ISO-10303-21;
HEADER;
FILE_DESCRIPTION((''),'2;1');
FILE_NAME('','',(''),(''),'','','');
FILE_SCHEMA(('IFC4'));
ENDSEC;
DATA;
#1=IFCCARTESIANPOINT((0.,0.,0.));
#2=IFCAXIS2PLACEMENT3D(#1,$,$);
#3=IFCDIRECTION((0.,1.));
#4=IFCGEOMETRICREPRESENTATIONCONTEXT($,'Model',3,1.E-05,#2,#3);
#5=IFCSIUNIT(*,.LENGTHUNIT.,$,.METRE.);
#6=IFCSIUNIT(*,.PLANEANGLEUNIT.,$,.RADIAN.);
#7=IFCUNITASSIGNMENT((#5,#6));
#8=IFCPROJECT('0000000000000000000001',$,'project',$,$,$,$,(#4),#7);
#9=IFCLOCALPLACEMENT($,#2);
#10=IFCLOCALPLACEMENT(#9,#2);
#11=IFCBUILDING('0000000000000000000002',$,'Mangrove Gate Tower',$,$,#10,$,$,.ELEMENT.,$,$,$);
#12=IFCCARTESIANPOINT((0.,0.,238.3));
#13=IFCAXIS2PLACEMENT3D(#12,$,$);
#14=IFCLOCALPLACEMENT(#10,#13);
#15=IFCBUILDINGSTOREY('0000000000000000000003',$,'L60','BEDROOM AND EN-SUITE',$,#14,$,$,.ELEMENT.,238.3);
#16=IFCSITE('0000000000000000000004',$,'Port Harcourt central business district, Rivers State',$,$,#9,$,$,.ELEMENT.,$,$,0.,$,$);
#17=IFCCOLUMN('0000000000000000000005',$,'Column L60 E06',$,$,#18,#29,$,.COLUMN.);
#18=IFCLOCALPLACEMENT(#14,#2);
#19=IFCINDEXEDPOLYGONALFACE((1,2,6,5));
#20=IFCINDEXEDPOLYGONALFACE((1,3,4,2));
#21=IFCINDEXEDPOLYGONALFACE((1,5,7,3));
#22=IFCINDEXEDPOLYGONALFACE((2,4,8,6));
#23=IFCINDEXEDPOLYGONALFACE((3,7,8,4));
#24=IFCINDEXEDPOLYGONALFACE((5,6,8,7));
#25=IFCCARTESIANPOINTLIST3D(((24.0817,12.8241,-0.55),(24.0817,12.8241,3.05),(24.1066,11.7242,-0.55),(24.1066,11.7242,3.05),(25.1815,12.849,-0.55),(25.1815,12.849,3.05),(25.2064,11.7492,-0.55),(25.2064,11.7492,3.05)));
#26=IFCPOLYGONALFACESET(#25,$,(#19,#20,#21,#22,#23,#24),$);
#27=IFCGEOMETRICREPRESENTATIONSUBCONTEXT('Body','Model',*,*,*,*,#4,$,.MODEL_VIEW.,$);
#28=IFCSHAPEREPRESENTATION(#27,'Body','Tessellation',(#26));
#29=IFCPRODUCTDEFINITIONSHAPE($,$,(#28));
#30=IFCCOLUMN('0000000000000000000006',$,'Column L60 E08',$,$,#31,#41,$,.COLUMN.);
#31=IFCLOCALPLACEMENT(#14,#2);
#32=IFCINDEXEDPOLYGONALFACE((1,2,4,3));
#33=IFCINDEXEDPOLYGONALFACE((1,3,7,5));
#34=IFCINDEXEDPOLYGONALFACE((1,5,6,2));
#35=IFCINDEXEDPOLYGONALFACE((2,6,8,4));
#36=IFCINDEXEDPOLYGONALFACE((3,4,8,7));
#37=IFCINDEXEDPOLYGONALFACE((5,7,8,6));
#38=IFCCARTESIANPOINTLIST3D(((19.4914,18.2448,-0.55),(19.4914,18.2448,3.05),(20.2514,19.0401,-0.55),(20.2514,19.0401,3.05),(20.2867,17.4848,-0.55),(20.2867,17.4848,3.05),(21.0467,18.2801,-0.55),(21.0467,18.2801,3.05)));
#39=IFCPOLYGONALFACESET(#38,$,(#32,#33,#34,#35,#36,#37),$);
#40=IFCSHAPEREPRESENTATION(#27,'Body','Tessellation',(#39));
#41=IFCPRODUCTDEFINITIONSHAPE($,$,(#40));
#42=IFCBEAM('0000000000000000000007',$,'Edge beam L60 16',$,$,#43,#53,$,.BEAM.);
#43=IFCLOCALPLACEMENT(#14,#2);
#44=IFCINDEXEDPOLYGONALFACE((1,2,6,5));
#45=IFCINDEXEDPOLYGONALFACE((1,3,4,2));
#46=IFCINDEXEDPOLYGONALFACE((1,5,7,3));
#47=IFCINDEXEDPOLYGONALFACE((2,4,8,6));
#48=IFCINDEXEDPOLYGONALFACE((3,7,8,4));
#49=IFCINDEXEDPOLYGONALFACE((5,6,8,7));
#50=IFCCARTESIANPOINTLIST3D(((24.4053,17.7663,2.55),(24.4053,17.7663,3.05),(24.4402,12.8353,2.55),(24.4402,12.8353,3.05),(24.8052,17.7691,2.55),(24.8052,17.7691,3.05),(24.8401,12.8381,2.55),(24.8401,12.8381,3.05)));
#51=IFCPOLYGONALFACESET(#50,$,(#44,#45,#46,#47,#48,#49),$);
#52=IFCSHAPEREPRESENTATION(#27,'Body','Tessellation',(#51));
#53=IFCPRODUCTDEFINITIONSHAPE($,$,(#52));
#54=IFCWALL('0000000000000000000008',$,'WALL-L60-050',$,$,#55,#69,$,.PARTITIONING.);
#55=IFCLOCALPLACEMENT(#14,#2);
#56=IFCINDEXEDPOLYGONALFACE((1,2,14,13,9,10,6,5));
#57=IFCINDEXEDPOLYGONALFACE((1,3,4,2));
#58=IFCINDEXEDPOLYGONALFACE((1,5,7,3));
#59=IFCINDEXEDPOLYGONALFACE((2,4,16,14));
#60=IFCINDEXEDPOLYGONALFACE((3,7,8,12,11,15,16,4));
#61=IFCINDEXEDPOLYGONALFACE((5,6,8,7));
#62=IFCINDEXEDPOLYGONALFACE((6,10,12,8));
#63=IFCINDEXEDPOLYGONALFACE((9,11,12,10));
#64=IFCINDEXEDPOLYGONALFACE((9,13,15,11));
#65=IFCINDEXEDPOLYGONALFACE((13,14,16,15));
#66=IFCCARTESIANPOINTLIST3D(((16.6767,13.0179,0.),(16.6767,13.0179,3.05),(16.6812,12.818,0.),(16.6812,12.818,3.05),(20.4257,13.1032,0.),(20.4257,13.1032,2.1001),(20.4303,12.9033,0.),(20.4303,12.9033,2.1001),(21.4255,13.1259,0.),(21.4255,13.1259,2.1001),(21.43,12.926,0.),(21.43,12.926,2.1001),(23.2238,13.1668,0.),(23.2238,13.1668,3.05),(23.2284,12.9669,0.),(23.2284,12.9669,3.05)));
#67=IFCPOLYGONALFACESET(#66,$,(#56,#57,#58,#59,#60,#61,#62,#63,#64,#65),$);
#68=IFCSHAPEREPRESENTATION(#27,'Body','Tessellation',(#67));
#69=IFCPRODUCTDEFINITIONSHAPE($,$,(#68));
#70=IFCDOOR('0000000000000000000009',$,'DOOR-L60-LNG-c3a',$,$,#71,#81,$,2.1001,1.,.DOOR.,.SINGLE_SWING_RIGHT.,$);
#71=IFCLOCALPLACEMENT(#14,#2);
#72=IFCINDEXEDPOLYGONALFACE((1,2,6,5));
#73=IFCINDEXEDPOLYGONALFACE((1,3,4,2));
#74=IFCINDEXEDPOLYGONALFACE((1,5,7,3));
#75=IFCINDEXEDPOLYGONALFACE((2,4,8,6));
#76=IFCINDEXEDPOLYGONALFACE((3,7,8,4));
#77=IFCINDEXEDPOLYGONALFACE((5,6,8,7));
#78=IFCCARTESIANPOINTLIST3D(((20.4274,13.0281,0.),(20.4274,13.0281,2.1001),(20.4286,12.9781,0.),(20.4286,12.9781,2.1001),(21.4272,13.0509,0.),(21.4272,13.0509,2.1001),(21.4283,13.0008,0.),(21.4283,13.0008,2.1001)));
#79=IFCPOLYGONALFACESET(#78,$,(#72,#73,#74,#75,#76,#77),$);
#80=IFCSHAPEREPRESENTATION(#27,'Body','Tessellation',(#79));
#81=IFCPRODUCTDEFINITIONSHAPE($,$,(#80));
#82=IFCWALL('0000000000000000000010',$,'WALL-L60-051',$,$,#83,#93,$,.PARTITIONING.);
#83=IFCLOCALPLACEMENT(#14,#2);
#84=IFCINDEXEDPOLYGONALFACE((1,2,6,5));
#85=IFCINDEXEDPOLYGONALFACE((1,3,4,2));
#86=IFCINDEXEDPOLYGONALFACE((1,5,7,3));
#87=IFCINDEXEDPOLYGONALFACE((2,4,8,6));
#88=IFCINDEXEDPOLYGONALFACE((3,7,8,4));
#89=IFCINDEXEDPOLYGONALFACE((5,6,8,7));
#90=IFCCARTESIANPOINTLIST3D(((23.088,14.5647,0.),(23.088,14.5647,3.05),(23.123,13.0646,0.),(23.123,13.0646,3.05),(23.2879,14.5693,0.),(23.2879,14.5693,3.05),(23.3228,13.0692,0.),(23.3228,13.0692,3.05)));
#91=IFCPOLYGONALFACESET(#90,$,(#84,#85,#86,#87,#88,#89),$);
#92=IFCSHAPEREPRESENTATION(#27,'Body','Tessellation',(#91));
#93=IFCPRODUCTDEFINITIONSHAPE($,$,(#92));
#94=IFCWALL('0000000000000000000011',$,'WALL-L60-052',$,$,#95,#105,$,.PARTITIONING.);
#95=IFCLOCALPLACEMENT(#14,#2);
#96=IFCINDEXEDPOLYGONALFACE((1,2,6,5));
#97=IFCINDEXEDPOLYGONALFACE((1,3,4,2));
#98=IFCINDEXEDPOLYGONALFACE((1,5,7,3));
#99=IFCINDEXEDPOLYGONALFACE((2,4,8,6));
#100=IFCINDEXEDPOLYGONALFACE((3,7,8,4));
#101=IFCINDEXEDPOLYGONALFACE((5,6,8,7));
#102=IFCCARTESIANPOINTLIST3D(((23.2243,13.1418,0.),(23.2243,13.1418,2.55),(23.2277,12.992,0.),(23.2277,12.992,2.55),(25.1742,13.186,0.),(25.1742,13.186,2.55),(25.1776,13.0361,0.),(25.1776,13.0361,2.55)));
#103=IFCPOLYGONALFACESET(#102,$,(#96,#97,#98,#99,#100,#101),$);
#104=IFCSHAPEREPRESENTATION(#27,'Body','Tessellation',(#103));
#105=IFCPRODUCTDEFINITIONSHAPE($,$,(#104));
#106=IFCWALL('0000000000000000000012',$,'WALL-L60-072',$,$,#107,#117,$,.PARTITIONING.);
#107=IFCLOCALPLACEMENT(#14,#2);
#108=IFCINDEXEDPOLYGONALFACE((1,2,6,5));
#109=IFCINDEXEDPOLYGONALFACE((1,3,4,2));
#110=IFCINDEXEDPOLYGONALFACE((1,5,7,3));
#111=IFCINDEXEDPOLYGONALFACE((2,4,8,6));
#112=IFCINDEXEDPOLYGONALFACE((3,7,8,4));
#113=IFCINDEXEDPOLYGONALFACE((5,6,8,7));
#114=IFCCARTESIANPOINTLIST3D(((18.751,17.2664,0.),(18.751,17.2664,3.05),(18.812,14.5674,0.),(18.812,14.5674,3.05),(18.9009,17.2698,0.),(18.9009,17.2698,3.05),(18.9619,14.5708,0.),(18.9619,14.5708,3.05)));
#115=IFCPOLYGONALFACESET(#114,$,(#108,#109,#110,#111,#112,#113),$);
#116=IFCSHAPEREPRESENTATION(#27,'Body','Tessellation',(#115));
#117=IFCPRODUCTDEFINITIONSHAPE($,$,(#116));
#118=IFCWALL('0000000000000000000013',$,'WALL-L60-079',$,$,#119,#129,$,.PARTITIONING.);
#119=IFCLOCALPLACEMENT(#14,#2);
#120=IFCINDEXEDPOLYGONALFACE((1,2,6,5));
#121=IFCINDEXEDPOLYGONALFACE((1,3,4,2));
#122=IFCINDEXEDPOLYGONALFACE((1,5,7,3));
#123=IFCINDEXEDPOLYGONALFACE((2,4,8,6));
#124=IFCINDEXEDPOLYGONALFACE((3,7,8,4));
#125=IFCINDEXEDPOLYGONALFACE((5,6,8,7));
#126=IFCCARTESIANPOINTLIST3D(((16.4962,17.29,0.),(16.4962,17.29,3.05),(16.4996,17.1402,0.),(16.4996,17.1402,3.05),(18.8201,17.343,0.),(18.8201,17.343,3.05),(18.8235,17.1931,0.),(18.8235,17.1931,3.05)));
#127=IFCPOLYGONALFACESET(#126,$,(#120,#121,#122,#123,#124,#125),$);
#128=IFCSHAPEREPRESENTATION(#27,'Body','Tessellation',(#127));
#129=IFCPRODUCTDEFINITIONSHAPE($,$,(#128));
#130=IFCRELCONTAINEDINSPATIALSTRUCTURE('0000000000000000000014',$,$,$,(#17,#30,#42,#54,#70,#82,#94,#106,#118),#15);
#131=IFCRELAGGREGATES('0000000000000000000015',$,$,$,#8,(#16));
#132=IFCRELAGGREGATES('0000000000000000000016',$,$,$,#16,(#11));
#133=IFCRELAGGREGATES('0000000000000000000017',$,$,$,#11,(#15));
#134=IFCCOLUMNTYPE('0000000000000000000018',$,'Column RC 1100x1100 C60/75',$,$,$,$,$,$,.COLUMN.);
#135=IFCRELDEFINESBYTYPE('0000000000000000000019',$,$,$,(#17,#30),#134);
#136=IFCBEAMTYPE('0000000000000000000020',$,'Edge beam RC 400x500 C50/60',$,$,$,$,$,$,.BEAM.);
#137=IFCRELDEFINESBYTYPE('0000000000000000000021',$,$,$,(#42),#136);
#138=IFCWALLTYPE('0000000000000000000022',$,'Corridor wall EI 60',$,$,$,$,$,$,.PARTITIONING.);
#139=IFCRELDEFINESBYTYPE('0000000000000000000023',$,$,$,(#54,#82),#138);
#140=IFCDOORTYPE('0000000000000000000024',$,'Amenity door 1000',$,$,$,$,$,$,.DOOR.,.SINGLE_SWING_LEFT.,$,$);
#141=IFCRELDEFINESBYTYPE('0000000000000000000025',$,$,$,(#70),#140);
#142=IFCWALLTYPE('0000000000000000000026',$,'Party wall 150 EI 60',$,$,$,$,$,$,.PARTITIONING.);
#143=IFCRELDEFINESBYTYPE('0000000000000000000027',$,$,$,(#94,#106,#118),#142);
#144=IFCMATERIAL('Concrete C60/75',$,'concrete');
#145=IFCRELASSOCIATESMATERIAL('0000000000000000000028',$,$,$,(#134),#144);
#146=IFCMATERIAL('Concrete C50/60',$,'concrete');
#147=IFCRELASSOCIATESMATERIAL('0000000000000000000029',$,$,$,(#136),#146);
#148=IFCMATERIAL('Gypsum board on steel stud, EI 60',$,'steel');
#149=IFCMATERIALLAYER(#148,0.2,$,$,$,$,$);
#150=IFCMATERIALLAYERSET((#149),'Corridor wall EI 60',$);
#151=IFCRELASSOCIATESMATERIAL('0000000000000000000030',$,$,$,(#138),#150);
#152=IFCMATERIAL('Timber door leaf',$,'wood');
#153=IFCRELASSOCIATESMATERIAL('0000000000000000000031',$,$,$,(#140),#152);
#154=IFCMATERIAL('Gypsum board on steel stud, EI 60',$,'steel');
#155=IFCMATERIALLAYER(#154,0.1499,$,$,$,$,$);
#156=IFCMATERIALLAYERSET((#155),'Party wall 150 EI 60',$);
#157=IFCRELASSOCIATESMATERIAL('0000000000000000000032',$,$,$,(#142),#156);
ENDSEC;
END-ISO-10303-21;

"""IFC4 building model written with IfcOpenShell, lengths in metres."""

from ifc_helpers import new_model, si_unit, direction, frame, frame_2d, origin, origin_2d, place, context, subcontext, project, spatial, rectangle, extrude, material, layer, layer_set, material_profile, profile_set, type_object, element, fill, save


model = new_model("IFC4")

# Units and contexts
model_context = context("Model", 3, precision=1e-05, world=origin(), true_north=direction((0.0, 1.0)))
body_context = subcontext(model_context, "Body", "Model", "MODEL_VIEW")
ifc_project = project(units=[si_unit("LENGTHUNIT", "METRE"), si_unit("PLANEANGLEUNIT", "RADIAN")], contexts=[model_context])

# Site, building, storey
site_placement = place(None, origin())
site = spatial("IfcSite", under=ifc_project, at=site_placement, Name="Port Harcourt central business district, Rivers State", CompositionType="ELEMENT", RefElevation=0.0)
building_placement = place(site_placement, origin())
building = spatial("IfcBuilding", under=site, at=building_placement, Name="Mangrove Gate Tower", CompositionType="ELEMENT")
storey_placement = place(building_placement, frame((0.0, 0.0, 238.3)))
storey = spatial("IfcBuildingStorey", under=building, at=storey_placement, Name="L60", Description="BEDROOM AND EN-SUITE", CompositionType="ELEMENT", Elevation=238.3)

# Columns
ifc_material_1 = material(Name="Concrete C60/75", Category="concrete")
ifc_material_profile_1 = material_profile(ifc_material_1, rectangle(XDim=1.1001, YDim=1.1001, at=origin_2d()))
ifc_profile_set_1 = profile_set([ifc_material_profile_1], Name="Concrete C60/75")
column_type = type_object("IfcColumnType", Name="Column RC 1100x1100 C60/75", PredefinedType="COLUMN", material=ifc_profile_set_1)
for number, where, z_axis, x_axis, name in (
    (1, (24.644, 12.2866, -0.55), (0.0, 0.0, 1.0), (-0.022669, 0.999743, 0.0), "Column L60 E06"),
    (2, (20.269, 18.2625, -0.55), (0.0, 0.0, 1.0), (-0.722994, 0.690854, 0.0), "Column L60 E08"),
):
    element("IfcColumn", number, at=place(storey_placement, frame(where, z_axis=z_axis, x_axis=x_axis)), inside=storey, type_object=column_type, Name=name, PredefinedType="COLUMN", context=body_context, shape_type="SweptSolid", body=[
        extrude(rectangle(XDim=1.1001, YDim=1.1001, at=origin_2d()), origin(), (0.0, 0.0, 1.0), 3.6001),
    ])

# Beam
ifc_material_2 = material(Name="Concrete C50/60", Category="concrete")
ifc_material_profile_2 = material_profile(ifc_material_2, rectangle(XDim=0.3999, YDim=0.5, at=origin_2d()))
ifc_profile_set_2 = profile_set([ifc_material_profile_2], Name="Concrete C50/60")
beam_type = type_object("IfcBeamType", Name="Edge beam RC 400x500 C50/60", PredefinedType="BEAM", material=ifc_profile_set_2)
beam_placement = place(storey_placement, frame((24.6401, 12.8367, 2.8), z_axis=(-0.00708, 0.999975, 0.0), x_axis=(-0.999975, -0.00708, 0.0)))
element("IfcBeam", 3, at=beam_placement, inside=storey, type_object=beam_type, Name="Edge beam L60 16", PredefinedType="BEAM", context=body_context, shape_type="SweptSolid", body=[
    extrude(rectangle(XDim=0.3999, YDim=0.5, at=origin_2d()), origin(), (0.0, 0.0, 1.0), 4.9312),
])

# Wall, opening, door
ifc_material_3 = material(Name="Gypsum board on steel stud, EI 60", Category="steel")
ifc_layer_1 = layer(ifc_material_3, 0.2)
ifc_layer_set_1 = layer_set([ifc_layer_1], Name="Corridor wall EI 60")
wall_type_1 = type_object("IfcWallType", Name="Corridor wall EI 60", PredefinedType="PARTITIONING", material=ifc_layer_set_1)
wall_1_placement = place(storey_placement, frame((16.679, 12.918, 0.0), z_axis=(0.0, 0.0, 1.0), x_axis=(0.999741, 0.022741, 0.0)))
wall_1 = element("IfcWall", 4, at=wall_1_placement, inside=storey, type_object=wall_type_1, Name="WALL-L60-050", PredefinedType="PARTITIONING", context=body_context, shape_type="SweptSolid", body=[
    extrude(rectangle(XDim=6.5488, YDim=0.2, at=frame_2d((3.2744, 0.0))), origin(), (0.0, 0.0, 1.0), 3.05),
])
opening_placement = place(wall_1_placement, frame((3.75, 0.0, 0.0)))
opening = element("IfcOpeningElement", 5, at=opening_placement, cuts=wall_1, PredefinedType="OPENING", context=body_context, shape_type="SweptSolid", body=[
    extrude(rectangle(XDim=1.0, YDim=2.1001, at=frame_2d((0.5, 1.05))), frame((0.0, 0.1099, 0.0), z_axis=(0.0, -1.0, 0.0), x_axis=(1.0, 0.0, 0.0)), (0.0, 0.0, 1.0), 0.22),
])
ifc_material_4 = material(Name="Timber door leaf", Category="wood")
door_type = type_object("IfcDoorType", Name="Amenity door 1000", OperationType="SINGLE_SWING_LEFT", PredefinedType="DOOR", material=ifc_material_4)
door_placement = place(opening_placement, origin())
door = element("IfcDoor", 6, at=door_placement, inside=storey, type_object=door_type, Name="DOOR-L60-LNG-c3a", OperationType="SINGLE_SWING_RIGHT", OverallHeight=2.1001, OverallWidth=1.0, PredefinedType="DOOR", context=body_context, shape_type="SweptSolid", body=[
    extrude(rectangle(XDim=1.0, YDim=2.1001, at=frame_2d((0.5, 1.05))), frame((0.0, 0.0249, 0.0), z_axis=(0.0, -1.0, 0.0), x_axis=(1.0, 0.0, 0.0)), (0.0, 0.0, 1.0), 0.05),
])
fill(opening, door)

# Walls
wall_2_placement = place(storey_placement, frame((23.2229, 13.0669, 0.0), z_axis=(0.0, 0.0, 1.0), x_axis=(-0.023268, 0.999729, 0.0)))
element("IfcWall", 7, at=wall_2_placement, inside=storey, type_object=wall_type_1, Name="WALL-L60-051", PredefinedType="PARTITIONING", context=body_context, shape_type="SweptSolid", body=[
    extrude(rectangle(XDim=1.5005, YDim=0.2, at=frame_2d((0.7502, 0.0))), origin(), (0.0, 0.0, 1.0), 3.05),
])
ifc_material_5 = material(Name="Gypsum board on steel stud, EI 60", Category="steel")
ifc_layer_2 = layer(ifc_material_5, 0.1499)
ifc_layer_set_2 = layer_set([ifc_layer_2], Name="Party wall 150 EI 60")
wall_type_2 = type_object("IfcWallType", Name="Party wall 150 EI 60", PredefinedType="PARTITIONING", material=ifc_layer_set_2)
wall_3_placement = place(storey_placement, frame((23.2261, 13.0669, 0.0), z_axis=(0.0, 0.0, 1.0), x_axis=(0.999743, 0.022656, 0.0)))
element("IfcWall", 8, at=wall_3_placement, inside=storey, type_object=wall_type_2, Name="WALL-L60-052", PredefinedType="PARTITIONING", context=body_context, shape_type="SweptSolid", body=[
    extrude(rectangle(XDim=1.9504, YDim=0.1499, at=frame_2d((0.9751, 0.0))), origin(), (0.0, 0.0, 1.0), 2.55),
])
wall_4_placement = place(storey_placement, frame((18.887, 14.5691, 0.0), z_axis=(0.0, 0.0, 1.0), x_axis=(-0.022608, 0.999744, 0.0)))
element("IfcWall", 9, at=wall_4_placement, inside=storey, type_object=wall_type_2, Name="WALL-L60-072", PredefinedType="PARTITIONING", context=body_context, shape_type="SweptSolid", body=[
    extrude(rectangle(XDim=2.6997, YDim=0.1499, at=frame_2d((1.3499, 0.0))), origin(), (0.0, 0.0, 1.0), 3.05),
])
wall_5_placement = place(storey_placement, frame((16.498, 17.2151, 0.0), z_axis=(0.0, 0.0, 1.0), x_axis=(0.99974, 0.022791, 0.0)))
element("IfcWall", 10, at=wall_5_placement, inside=storey, type_object=wall_type_2, Name="WALL-L60-079", PredefinedType="PARTITIONING", context=body_context, shape_type="SweptSolid", body=[
    extrude(rectangle(XDim=2.3245, YDim=0.1499, at=frame_2d((1.1621, 0.0))), origin(), (0.0, 0.0, 1.0), 3.05),
])

save(model, "model.ifc")
